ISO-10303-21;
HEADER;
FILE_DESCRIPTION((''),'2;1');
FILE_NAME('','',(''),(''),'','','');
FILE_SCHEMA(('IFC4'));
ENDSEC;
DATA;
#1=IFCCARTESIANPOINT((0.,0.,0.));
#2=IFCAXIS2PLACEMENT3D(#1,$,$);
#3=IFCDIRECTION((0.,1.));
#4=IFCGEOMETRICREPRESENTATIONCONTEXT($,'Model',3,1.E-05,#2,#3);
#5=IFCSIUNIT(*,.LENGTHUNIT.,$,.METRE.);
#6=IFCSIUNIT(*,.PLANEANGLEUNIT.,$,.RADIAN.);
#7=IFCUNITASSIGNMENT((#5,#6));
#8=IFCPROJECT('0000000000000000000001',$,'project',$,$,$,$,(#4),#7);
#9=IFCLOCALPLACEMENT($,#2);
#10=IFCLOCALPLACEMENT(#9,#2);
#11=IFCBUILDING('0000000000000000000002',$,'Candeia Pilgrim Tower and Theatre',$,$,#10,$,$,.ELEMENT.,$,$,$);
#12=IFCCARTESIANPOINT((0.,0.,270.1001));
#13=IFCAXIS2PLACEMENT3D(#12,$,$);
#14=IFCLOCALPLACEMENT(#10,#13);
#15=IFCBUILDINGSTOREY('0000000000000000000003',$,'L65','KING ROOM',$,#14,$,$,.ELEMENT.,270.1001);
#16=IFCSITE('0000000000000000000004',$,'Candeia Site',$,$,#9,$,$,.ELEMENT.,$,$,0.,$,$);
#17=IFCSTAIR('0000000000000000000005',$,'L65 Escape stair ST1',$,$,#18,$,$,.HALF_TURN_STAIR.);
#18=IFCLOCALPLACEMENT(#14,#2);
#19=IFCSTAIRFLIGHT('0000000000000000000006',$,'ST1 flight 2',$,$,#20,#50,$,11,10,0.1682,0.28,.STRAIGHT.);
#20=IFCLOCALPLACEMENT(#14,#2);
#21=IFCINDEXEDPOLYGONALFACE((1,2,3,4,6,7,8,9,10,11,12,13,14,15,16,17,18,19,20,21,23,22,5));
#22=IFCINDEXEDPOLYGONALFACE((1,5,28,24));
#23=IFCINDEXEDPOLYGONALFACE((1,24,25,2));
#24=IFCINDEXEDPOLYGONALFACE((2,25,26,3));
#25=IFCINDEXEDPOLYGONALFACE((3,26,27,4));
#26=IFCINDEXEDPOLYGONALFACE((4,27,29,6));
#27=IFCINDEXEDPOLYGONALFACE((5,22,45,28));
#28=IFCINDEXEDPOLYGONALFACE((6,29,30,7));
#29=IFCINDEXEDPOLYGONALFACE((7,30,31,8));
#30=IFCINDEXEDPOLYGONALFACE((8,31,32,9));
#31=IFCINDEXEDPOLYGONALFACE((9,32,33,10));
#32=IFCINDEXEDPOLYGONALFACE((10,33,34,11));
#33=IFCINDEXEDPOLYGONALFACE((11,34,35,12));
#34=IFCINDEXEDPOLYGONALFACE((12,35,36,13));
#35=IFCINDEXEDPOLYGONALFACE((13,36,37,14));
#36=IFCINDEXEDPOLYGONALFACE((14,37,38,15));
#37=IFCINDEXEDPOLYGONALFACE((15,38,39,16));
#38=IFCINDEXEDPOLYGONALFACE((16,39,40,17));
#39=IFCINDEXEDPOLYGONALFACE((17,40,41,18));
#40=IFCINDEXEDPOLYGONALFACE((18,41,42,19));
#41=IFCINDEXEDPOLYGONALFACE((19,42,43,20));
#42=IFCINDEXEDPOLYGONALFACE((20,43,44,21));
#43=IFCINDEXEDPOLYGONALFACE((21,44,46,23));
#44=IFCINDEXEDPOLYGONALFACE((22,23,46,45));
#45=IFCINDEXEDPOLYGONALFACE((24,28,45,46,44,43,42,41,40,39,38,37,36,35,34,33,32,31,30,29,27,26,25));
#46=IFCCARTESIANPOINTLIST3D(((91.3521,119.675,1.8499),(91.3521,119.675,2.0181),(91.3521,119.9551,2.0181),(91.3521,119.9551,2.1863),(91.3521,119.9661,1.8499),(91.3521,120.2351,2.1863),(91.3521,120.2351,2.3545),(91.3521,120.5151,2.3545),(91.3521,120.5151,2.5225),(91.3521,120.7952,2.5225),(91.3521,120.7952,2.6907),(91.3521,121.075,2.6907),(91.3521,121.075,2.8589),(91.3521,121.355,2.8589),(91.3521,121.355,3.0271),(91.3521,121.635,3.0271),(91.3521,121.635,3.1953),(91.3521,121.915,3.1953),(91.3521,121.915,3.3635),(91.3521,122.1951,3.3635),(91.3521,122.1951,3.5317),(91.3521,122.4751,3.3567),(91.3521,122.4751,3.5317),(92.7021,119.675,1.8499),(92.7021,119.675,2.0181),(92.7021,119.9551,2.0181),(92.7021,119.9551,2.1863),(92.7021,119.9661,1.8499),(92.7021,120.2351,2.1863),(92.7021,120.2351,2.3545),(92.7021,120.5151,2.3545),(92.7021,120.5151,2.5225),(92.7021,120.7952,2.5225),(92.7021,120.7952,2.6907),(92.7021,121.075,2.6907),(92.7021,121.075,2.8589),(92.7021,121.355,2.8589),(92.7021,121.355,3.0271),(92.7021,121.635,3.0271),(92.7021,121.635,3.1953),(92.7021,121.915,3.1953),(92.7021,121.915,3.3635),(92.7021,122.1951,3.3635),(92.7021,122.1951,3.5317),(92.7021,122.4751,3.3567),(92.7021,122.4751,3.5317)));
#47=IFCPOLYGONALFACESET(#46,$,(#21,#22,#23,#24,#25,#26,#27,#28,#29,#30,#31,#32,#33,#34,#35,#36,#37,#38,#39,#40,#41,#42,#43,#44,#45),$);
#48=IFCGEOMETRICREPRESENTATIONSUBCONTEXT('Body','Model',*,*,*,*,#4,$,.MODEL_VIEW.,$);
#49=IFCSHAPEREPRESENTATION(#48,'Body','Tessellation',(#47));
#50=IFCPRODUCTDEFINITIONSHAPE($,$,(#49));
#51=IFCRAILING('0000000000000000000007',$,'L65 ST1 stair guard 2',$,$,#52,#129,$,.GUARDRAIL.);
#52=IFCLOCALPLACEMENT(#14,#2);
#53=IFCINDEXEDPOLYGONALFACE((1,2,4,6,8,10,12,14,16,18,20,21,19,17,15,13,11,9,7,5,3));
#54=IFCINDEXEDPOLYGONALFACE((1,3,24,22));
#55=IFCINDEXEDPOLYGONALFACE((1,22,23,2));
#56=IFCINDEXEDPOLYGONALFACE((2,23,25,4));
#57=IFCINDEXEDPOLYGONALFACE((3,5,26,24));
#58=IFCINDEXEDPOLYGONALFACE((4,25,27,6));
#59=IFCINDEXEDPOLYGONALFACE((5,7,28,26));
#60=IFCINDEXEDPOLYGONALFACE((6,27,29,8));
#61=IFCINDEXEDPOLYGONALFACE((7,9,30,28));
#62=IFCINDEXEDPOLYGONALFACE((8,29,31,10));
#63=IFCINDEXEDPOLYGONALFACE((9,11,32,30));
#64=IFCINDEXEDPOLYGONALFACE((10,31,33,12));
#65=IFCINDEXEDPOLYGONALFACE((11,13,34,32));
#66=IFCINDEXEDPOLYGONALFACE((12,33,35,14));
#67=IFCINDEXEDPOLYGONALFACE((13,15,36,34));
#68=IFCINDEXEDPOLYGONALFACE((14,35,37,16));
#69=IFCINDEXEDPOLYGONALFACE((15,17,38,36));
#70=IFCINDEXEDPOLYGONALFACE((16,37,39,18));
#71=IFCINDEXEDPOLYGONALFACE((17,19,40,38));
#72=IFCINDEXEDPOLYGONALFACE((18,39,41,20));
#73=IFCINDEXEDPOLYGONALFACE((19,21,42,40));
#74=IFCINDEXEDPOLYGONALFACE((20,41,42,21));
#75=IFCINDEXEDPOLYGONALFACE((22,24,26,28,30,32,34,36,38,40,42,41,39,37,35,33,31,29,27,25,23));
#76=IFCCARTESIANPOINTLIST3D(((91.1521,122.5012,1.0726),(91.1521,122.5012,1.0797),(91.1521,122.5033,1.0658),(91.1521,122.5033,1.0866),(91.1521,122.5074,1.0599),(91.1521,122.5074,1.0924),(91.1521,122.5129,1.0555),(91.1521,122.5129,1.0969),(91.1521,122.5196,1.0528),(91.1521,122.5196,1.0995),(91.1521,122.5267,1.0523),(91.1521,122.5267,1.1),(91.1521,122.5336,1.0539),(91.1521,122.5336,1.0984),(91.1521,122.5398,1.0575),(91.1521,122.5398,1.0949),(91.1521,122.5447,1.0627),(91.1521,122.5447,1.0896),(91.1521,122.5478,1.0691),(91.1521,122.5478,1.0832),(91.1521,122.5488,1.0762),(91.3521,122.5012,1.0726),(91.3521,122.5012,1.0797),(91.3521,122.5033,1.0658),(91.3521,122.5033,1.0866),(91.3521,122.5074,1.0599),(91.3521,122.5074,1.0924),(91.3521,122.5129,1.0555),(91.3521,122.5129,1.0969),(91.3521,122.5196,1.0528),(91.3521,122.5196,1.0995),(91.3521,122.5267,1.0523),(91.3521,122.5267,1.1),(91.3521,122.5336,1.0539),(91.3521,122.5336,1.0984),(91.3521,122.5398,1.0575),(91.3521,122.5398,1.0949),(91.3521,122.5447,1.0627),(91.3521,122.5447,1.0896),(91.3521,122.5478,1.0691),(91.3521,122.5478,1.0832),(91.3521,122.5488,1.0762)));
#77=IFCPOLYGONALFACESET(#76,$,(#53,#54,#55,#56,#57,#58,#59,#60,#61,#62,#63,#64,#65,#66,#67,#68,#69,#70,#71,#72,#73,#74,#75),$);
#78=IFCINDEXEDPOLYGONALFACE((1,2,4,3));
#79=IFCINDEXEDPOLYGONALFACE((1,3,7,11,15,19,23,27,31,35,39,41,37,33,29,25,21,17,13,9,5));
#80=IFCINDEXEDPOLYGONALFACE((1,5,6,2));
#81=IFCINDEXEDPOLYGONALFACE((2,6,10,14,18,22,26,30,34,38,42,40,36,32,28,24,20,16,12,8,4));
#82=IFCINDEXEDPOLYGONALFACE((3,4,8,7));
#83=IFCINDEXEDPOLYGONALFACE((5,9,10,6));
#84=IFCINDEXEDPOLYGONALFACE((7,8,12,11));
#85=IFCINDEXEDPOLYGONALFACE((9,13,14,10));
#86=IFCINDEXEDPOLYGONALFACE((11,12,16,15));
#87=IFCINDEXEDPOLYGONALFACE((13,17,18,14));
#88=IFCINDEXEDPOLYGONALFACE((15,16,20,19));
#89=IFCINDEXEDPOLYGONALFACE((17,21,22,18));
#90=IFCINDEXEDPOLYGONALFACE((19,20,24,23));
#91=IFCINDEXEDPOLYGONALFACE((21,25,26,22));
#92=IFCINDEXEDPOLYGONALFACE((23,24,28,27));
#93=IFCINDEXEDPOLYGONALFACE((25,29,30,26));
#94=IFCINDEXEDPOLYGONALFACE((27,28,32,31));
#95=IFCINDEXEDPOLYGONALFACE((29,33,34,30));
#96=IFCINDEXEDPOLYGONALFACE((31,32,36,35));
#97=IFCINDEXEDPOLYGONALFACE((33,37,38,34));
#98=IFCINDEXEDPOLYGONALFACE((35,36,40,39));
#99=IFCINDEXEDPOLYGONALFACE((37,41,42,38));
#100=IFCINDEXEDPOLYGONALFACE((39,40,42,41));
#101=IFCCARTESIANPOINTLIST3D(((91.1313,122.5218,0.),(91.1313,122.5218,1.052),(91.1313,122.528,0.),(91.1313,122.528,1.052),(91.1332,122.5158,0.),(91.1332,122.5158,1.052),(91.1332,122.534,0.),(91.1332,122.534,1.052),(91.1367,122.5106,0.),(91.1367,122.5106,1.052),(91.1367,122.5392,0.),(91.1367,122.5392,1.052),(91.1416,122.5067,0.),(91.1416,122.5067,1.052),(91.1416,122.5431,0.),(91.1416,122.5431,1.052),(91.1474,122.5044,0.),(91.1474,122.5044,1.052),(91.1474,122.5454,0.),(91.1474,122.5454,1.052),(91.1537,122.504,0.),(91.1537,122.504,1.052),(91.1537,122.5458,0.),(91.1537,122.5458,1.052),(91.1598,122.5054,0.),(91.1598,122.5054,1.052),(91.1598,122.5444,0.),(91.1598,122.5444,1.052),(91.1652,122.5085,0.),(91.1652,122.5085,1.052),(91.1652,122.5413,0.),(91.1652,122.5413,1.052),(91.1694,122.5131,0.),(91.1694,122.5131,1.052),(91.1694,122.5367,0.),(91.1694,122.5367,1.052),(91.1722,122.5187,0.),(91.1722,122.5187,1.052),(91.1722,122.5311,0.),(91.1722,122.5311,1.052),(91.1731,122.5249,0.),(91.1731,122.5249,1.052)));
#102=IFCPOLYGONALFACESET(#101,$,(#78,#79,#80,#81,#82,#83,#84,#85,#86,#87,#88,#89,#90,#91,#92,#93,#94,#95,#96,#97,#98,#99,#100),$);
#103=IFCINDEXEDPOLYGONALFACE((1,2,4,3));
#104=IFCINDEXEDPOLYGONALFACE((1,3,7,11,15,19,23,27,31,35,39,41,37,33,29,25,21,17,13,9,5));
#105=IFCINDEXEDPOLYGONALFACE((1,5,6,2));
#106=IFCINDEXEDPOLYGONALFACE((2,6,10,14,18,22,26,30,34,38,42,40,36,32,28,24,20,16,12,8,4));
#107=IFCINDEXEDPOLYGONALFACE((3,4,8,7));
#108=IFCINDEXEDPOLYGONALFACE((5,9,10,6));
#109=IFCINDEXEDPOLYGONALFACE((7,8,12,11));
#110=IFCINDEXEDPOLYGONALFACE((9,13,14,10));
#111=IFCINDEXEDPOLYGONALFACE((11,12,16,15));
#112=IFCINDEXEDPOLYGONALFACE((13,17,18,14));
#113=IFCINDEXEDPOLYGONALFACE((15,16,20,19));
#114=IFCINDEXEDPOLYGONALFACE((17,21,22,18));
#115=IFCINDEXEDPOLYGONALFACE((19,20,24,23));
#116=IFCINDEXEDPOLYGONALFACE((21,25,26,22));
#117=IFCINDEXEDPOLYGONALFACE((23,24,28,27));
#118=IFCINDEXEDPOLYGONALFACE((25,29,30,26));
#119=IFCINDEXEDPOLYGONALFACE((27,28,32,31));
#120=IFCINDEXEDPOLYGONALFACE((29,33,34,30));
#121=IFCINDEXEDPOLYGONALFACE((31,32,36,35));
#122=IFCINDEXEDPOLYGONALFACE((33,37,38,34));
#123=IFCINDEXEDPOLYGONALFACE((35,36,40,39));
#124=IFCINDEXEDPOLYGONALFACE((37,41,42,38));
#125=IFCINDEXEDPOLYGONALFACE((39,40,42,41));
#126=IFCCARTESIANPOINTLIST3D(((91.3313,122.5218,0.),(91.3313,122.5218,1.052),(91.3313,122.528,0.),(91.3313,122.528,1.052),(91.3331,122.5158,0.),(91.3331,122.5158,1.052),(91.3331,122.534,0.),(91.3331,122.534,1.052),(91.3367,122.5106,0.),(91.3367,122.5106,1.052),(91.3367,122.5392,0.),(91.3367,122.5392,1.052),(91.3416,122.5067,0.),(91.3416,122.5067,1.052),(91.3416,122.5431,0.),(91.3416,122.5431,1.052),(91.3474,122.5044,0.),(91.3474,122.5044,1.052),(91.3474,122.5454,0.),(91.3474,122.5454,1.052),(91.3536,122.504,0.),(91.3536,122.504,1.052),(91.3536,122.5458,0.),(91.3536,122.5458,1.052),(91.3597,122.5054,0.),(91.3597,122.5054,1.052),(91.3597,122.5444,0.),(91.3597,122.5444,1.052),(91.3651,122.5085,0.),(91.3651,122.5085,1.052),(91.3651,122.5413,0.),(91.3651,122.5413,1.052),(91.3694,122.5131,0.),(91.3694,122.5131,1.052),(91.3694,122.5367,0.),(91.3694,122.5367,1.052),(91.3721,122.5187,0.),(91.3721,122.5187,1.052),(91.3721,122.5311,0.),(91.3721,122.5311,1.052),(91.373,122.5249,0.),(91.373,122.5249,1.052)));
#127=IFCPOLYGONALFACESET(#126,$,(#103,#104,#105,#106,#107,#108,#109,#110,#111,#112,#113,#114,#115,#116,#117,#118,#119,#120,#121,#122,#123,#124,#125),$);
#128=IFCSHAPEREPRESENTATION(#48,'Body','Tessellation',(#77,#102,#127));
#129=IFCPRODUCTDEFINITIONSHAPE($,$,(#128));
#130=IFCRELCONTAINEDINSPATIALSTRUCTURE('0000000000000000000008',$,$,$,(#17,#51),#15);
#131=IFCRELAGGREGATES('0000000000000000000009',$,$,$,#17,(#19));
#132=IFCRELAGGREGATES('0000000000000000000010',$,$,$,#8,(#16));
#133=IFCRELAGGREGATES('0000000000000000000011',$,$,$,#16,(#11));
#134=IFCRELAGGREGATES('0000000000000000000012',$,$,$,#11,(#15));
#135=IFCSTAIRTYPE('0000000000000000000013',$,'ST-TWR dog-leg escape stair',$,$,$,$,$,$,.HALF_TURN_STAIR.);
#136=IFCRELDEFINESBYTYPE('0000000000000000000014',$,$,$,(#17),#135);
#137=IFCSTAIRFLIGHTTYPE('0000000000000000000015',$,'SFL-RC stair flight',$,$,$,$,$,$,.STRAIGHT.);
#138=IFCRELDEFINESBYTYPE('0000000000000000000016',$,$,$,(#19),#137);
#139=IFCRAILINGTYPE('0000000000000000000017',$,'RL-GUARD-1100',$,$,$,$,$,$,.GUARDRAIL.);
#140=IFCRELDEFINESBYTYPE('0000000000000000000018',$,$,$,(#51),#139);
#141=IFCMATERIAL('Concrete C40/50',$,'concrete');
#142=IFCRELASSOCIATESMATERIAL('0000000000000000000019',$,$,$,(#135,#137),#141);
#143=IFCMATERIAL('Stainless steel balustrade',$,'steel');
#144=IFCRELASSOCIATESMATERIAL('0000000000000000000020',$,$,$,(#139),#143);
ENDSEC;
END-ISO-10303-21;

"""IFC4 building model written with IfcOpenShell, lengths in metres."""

from ifc_helpers import new_model, si_unit, direction, frame, origin, origin_2d, place, context, subcontext, project, spatial, polyline, circle, outline, extrude, material, type_object, element, aggregate, save


model = new_model("IFC4")

# Units and contexts
model_context = context("Model", 3, precision=1e-05, world=origin(), true_north=direction((0.0, 1.0)))
body_context = subcontext(model_context, "Body", "Model", "MODEL_VIEW")
ifc_project = project(units=[si_unit("LENGTHUNIT", "METRE"), si_unit("PLANEANGLEUNIT", "RADIAN")], contexts=[model_context])

# Site, building, storey
site_placement = place(None, origin())
site = spatial("IfcSite", under=ifc_project, at=site_placement, Name="Candeia Site", CompositionType="ELEMENT", RefElevation=0.0)
building_placement = place(site_placement, origin())
building = spatial("IfcBuilding", under=site, at=building_placement, Name="Candeia Pilgrim Tower and Theatre", CompositionType="ELEMENT")
storey_placement = place(building_placement, frame((0.0, 0.0, 270.1001)))
storey = spatial("IfcBuildingStorey", under=building, at=storey_placement, Name="L65", Description="KING ROOM", CompositionType="ELEMENT", Elevation=270.1001)

# Shared definitions
ifc_material_1 = material(Name="Concrete C40/50", Category="concrete")

# Stair, stair flight
stair_type = type_object("IfcStairType", Name="ST-TWR dog-leg escape stair", PredefinedType="HALF_TURN_STAIR", material=ifc_material_1)
stair_placement = place(storey_placement, origin())
stair = element("IfcStair", 1, at=stair_placement, inside=storey, type_object=stair_type, Name="L65 Escape stair ST1", PredefinedType="HALF_TURN_STAIR")
stair_flight_type = type_object("IfcStairFlightType", Name="SFL-RC stair flight", PredefinedType="STRAIGHT", material=ifc_material_1)
stair_flight_1_placement = place(storey_placement, frame((92.0271, 119.675, 1.8499), z_axis=(0.0, 0.0, 1.0), x_axis=(0.0, 1.0, 0.0)))
stair_flight_1 = element("IfcStairFlight", 2, at=stair_flight_1_placement, type_object=stair_flight_type, Name="ST1 flight 2", NumberOfRisers=11, NumberOfTreads=10, PredefinedType="STRAIGHT", RiserHeight=0.1682, TreadLength=0.28, context=body_context, shape_type="SweptSolid", body=[
    extrude(outline(polyline([(0.0, 0.0), (0.0, 0.1682), (0.28, 0.1682), (0.28, 0.3364), (0.5601, 0.3364), (0.5601, 0.5046), (0.8401, 0.5046), (0.8401, 0.6726), (1.1201, 0.6726), (1.1201, 0.8408), (1.3999, 0.8408), (1.3999, 1.009), (1.6799, 1.009), (1.6799, 1.1772), (1.96, 1.1772), (1.96, 1.3455), (2.24, 1.3455), (2.24, 1.5137), (2.52, 1.5137), (2.52, 1.6819), (2.8, 1.6819), (2.8, 1.8501), (2.8, 1.5068), (0.291, 0.0), (0.0, 0.0)])), frame((0.0, 0.675, 0.0), z_axis=(0.0, -1.0, 0.0), x_axis=(1.0, 0.0, 0.0)), (0.0, 0.0, 1.0), 1.3501),
])
aggregate(stair, [stair_flight_1])

# Railing
ifc_material_2 = material(Name="Stainless steel balustrade", Category="steel")
railing_type_1 = type_object("IfcRailingType", Name="RL-GUARD-1100", PredefinedType="GUARDRAIL", material=ifc_material_2)
railing_1_placement = place(storey_placement, frame((91.1521, 122.5249, 0.0)))
element("IfcRailing", 3, at=railing_1_placement, inside=storey, type_object=railing_type_1, Name="L65 ST1 stair guard 2", PredefinedType="GUARDRAIL", context=body_context, shape_type="SweptSolid", body=[
    extrude(circle(Radius=0.0239, at=origin_2d()), frame((0.0, 0.0, 1.0762), z_axis=(1.0, 0.0, 0.0), x_axis=(0.0, 1.0, 0.0)), (0.0, 0.0, 1.0), 0.2),
    extrude(circle(Radius=0.021, at=origin_2d()), origin(), (0.0, 0.0, 1.0), 1.052),
    extrude(circle(Radius=0.021, at=origin_2d()), frame((0.2, 0.0, 0.0)), (0.0, 0.0, 1.0), 1.052),
])

save(model, "model.ifc")
